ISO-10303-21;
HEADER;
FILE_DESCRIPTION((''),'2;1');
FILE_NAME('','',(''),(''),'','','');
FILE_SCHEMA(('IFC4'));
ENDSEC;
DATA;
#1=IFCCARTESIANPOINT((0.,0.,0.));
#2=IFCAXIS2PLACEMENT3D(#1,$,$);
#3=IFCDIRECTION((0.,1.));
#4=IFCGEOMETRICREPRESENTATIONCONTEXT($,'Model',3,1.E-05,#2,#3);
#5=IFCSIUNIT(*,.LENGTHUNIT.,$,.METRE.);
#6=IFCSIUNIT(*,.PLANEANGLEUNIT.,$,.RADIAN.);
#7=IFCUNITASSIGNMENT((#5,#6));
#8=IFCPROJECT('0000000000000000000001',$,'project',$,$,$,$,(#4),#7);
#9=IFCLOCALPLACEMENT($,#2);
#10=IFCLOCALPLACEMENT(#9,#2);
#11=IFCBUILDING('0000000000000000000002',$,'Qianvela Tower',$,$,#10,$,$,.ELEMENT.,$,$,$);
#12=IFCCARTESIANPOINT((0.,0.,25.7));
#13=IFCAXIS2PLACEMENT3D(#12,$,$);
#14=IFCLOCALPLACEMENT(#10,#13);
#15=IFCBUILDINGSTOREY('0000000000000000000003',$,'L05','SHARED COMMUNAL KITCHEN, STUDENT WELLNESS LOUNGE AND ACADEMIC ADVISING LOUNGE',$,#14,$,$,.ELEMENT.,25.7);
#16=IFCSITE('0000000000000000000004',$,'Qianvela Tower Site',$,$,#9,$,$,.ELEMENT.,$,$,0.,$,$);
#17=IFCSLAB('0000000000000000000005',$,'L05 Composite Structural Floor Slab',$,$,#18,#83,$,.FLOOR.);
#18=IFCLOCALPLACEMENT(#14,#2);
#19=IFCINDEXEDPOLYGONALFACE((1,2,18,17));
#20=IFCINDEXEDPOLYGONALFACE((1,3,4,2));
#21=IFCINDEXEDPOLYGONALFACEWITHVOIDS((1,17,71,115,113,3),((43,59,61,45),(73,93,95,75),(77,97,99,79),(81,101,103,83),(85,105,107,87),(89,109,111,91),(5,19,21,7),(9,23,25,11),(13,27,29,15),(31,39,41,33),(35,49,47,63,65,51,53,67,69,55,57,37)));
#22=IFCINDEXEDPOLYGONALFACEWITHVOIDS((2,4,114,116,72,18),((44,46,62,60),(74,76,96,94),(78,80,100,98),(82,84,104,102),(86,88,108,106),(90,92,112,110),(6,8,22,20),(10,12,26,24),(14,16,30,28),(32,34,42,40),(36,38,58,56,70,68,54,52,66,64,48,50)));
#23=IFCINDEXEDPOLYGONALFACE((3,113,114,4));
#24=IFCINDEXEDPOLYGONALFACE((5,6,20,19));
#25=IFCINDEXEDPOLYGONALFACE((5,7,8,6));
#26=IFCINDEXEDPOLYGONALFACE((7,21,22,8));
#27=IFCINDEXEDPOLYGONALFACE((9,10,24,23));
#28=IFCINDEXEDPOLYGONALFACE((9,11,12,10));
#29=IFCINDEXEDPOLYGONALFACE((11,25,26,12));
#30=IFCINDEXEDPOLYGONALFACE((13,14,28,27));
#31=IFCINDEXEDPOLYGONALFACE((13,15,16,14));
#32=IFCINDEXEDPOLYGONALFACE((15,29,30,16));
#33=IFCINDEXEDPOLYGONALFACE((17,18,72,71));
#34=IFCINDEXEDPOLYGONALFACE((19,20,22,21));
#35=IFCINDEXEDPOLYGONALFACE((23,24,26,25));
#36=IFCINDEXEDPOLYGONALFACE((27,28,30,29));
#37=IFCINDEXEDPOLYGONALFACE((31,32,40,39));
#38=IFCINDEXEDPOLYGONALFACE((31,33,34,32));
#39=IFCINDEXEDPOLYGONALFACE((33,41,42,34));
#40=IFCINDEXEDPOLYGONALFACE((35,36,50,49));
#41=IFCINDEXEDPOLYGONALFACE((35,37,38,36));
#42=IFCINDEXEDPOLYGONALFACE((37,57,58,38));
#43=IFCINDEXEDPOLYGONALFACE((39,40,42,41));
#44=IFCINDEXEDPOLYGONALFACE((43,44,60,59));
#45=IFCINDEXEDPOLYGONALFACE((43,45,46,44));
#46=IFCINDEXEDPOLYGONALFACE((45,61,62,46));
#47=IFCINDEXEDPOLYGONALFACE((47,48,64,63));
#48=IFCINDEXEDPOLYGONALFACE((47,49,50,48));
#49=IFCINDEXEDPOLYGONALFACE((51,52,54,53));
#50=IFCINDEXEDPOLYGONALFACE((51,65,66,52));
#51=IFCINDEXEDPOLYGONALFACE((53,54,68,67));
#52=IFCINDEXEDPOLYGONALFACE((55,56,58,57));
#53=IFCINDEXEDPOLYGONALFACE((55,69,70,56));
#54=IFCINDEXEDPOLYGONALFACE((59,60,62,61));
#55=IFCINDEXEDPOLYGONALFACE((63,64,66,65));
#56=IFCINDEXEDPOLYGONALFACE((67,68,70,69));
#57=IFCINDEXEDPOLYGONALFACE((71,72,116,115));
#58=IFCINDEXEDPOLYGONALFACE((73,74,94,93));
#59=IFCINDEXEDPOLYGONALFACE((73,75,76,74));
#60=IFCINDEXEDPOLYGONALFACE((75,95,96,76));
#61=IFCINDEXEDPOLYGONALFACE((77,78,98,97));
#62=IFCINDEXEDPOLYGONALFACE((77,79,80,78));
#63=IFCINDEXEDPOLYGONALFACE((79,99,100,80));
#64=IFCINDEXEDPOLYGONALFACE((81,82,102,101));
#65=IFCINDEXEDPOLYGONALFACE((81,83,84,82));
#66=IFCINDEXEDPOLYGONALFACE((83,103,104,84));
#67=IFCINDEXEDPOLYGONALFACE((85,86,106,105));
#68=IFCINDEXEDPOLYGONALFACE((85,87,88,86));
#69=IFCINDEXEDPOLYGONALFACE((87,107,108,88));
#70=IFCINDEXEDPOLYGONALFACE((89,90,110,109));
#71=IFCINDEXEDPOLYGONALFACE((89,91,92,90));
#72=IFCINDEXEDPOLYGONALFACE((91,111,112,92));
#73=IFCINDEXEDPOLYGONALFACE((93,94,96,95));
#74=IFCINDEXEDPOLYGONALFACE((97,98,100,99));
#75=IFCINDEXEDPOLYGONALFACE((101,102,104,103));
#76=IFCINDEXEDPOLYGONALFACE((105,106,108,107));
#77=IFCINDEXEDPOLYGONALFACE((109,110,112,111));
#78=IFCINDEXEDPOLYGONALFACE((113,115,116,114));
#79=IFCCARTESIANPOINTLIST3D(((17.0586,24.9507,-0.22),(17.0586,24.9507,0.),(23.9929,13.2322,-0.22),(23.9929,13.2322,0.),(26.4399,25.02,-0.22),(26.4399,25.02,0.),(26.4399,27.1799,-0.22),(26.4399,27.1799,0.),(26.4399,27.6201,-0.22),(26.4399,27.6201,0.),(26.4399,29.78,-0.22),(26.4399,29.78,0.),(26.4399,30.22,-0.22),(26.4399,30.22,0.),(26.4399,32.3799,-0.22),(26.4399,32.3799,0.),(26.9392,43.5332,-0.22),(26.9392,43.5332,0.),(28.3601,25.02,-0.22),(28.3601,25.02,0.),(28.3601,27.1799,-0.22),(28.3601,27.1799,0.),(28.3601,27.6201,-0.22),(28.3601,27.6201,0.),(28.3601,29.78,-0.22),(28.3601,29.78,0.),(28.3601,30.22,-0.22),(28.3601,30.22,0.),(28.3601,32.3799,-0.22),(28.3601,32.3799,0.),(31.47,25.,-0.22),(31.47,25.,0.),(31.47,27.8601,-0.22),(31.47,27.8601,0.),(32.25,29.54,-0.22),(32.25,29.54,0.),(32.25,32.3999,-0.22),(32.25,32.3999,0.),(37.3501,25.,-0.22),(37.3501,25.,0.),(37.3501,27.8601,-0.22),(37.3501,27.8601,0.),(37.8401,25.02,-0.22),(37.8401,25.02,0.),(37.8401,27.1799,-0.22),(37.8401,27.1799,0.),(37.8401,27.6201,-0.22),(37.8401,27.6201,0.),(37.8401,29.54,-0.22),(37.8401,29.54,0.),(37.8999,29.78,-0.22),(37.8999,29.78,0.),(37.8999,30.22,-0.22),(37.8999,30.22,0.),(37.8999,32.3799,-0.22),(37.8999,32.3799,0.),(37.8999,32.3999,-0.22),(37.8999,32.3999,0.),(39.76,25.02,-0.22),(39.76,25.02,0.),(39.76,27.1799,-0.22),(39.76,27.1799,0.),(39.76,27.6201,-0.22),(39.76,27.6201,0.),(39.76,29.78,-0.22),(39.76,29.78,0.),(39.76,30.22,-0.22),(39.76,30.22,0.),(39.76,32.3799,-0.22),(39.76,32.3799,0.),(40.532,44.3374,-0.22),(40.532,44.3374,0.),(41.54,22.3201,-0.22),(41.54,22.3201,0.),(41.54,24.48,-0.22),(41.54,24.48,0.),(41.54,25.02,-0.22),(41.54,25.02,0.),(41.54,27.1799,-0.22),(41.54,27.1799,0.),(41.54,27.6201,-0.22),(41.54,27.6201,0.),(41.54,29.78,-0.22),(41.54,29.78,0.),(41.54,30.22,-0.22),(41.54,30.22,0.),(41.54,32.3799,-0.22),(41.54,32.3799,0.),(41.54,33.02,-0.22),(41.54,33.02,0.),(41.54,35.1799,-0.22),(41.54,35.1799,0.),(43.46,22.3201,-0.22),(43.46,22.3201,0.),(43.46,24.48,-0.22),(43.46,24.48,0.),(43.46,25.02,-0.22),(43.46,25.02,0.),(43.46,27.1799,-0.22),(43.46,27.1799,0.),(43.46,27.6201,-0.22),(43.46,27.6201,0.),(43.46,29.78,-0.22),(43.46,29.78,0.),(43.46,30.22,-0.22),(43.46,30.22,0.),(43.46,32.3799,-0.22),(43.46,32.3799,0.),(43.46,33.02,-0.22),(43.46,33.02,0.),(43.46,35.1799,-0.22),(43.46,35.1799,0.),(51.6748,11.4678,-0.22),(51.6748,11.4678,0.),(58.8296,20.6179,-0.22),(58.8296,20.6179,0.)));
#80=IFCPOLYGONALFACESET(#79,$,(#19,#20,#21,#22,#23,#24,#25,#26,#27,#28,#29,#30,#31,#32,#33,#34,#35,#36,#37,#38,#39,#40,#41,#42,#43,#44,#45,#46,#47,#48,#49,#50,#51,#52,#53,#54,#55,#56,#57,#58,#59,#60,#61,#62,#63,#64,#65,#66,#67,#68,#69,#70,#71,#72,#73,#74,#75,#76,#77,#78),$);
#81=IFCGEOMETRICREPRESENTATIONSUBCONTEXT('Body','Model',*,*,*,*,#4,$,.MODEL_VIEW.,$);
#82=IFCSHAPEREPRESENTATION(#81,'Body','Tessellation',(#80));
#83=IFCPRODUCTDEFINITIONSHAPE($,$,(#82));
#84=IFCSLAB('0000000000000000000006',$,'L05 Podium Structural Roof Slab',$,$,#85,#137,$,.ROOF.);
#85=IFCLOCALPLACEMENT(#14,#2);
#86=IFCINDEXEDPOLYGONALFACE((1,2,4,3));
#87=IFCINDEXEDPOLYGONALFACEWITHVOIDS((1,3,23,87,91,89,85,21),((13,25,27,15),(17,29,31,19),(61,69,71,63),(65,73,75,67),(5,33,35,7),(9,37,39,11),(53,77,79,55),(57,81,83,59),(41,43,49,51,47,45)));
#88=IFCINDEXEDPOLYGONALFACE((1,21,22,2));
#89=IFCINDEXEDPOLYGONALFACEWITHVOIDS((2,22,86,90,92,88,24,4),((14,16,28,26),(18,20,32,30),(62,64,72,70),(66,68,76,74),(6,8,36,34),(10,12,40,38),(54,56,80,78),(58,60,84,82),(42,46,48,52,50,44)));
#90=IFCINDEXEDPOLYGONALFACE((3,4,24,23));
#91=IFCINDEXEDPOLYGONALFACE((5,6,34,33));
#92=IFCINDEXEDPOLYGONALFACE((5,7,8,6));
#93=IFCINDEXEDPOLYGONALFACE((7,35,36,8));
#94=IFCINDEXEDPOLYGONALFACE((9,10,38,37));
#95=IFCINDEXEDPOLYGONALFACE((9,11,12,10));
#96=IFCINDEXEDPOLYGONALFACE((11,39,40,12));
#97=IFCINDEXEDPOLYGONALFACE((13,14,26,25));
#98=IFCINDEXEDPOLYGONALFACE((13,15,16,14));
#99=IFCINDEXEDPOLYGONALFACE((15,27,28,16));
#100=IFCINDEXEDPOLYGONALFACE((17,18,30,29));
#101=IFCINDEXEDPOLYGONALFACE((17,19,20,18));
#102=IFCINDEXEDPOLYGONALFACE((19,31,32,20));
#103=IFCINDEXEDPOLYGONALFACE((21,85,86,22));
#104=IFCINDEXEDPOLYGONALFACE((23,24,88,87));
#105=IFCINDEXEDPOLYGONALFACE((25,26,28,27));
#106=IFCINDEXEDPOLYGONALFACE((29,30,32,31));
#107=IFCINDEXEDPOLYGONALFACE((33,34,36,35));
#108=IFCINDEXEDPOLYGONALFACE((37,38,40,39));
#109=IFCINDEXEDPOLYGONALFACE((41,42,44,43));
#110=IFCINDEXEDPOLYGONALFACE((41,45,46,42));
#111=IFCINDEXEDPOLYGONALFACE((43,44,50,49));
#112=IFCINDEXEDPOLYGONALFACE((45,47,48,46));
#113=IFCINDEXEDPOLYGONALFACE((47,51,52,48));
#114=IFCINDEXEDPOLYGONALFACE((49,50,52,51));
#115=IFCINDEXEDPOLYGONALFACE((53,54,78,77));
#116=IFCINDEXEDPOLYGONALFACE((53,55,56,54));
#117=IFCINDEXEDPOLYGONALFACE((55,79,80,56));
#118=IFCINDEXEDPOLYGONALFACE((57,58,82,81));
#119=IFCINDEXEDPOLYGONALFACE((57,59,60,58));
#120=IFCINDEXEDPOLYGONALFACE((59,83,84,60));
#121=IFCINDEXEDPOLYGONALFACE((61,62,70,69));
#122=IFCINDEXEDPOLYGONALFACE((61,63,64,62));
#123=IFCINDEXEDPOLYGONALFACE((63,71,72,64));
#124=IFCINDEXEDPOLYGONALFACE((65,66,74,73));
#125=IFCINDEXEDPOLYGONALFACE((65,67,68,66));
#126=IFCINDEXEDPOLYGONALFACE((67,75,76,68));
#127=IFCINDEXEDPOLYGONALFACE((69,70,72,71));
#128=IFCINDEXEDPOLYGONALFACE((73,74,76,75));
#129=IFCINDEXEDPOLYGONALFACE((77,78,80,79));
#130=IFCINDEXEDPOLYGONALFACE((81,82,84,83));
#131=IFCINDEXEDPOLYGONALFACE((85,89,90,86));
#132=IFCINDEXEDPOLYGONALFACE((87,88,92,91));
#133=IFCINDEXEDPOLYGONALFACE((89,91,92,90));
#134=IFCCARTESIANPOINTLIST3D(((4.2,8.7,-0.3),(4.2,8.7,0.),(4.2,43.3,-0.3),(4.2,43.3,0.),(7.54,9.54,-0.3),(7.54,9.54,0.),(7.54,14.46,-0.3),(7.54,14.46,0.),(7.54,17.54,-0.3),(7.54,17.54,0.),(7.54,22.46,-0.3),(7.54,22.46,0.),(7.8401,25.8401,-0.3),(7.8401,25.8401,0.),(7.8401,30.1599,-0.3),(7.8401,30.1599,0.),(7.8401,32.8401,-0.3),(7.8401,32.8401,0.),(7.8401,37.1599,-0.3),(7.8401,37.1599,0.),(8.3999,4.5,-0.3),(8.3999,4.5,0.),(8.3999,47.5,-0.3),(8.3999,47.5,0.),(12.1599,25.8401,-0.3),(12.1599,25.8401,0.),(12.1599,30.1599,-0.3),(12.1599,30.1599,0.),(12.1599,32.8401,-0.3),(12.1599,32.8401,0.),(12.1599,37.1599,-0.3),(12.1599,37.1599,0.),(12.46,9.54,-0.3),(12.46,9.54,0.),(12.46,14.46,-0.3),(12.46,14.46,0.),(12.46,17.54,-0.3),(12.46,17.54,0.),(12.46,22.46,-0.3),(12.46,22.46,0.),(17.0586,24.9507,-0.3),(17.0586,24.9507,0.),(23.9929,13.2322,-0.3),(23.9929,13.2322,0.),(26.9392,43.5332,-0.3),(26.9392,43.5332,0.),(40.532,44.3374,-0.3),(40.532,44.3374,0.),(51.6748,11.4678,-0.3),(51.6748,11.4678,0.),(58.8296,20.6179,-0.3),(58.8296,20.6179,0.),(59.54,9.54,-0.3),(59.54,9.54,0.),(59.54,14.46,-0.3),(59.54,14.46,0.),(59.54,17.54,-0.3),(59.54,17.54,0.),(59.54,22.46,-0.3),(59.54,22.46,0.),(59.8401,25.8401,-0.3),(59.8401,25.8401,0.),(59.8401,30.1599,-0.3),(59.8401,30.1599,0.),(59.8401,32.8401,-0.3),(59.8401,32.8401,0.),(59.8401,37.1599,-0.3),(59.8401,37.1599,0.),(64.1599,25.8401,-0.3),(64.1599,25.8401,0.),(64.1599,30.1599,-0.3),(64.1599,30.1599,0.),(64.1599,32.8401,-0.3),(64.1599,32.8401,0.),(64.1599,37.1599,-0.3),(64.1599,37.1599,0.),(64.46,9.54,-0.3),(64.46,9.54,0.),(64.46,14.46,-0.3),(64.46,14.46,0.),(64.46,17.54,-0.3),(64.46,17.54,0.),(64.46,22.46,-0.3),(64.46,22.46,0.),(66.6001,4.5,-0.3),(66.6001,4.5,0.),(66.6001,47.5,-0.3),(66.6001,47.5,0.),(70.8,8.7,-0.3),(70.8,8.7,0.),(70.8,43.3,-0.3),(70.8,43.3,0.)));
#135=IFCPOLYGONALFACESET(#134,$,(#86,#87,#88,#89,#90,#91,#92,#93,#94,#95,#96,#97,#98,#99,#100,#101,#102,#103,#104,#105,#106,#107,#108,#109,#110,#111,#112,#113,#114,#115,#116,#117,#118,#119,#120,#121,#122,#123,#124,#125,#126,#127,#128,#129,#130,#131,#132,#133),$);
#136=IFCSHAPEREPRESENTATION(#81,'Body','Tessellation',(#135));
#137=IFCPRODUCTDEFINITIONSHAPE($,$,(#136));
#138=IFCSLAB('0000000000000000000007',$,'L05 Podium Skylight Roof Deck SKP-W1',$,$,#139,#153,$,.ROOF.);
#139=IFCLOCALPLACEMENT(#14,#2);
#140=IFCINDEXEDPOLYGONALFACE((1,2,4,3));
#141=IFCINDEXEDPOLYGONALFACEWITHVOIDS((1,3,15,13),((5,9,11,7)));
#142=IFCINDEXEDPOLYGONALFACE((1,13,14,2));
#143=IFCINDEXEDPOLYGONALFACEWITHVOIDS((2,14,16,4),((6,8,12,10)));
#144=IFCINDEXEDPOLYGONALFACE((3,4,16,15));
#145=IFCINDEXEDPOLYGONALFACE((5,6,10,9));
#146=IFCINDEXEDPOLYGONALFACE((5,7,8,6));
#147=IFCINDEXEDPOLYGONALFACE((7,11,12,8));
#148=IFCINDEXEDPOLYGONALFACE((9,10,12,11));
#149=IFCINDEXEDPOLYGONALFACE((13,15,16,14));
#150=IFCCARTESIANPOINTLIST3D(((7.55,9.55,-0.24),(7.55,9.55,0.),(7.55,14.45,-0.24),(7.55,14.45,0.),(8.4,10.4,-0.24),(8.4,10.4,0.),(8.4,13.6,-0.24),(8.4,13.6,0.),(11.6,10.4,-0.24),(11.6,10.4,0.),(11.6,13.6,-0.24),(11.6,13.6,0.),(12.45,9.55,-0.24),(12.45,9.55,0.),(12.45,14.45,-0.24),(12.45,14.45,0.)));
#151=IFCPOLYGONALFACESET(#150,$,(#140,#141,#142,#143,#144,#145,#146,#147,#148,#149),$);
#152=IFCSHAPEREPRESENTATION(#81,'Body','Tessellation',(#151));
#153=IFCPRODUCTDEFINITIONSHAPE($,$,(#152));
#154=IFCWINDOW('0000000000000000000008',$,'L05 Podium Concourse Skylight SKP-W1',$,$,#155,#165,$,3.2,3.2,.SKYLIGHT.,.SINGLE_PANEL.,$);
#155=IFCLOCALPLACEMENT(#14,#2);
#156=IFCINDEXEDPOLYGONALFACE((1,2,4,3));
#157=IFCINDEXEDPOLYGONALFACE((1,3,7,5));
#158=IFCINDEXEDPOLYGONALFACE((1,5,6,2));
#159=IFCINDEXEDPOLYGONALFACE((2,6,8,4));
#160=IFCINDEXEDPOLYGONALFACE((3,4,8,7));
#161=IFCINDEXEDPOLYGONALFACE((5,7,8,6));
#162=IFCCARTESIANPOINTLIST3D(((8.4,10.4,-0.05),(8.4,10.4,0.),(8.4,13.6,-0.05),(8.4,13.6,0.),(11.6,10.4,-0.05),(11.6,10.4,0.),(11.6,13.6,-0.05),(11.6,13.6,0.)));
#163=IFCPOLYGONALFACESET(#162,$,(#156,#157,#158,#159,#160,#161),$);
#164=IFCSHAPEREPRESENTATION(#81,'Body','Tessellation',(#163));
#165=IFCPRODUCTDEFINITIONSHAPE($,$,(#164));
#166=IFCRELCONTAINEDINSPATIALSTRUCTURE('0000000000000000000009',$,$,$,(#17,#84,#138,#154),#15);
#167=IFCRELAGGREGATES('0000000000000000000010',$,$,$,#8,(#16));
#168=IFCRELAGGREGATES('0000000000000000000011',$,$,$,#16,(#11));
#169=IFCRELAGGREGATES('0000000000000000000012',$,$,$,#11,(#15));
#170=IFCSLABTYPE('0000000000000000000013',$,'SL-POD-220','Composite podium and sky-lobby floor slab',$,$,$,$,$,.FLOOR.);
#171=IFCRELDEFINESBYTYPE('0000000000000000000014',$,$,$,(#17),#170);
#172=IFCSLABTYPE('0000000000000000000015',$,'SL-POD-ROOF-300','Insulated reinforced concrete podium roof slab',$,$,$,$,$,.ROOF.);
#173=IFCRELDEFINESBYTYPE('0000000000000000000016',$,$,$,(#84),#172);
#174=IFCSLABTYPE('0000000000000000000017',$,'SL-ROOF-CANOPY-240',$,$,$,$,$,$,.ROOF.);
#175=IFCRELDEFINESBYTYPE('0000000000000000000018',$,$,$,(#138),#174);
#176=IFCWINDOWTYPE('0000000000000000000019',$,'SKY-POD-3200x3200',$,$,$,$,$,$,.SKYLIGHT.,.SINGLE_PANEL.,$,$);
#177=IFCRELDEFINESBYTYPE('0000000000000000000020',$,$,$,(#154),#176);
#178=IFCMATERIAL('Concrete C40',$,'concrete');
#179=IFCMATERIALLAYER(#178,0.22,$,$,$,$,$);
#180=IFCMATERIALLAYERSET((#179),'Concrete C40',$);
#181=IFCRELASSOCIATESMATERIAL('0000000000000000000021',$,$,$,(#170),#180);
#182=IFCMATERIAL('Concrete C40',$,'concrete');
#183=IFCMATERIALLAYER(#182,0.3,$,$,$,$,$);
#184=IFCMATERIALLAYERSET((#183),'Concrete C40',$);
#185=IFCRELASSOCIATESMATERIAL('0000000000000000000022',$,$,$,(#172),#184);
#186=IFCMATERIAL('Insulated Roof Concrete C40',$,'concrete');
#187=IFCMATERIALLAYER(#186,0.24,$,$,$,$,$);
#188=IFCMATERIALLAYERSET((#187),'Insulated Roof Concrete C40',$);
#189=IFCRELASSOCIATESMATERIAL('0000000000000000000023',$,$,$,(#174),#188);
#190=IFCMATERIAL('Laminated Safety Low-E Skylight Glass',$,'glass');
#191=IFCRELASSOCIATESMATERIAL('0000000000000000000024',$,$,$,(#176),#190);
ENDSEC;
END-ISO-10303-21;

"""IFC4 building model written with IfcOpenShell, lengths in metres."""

from ifc_helpers import new_model, si_unit, direction, frame, origin, origin_2d, place, context, subcontext, project, spatial, polyline, rectangle, outline, extrude, material, layer, layer_set, type_object, element, fill, save


model = new_model("IFC4")

# Units and contexts
model_context = context("Model", 3, precision=1e-05, world=origin(), true_north=direction((0.0, 1.0)))
body_context = subcontext(model_context, "Body", "Model", "MODEL_VIEW")
ifc_project = project(units=[si_unit("LENGTHUNIT", "METRE"), si_unit("PLANEANGLEUNIT", "RADIAN")], contexts=[model_context])

# Site, building, storey
site_placement = place(None, origin())
site = spatial("IfcSite", under=ifc_project, at=site_placement, Name="Qianvela Tower Site", CompositionType="ELEMENT", RefElevation=0.0)
building_placement = place(site_placement, origin())
building = spatial("IfcBuilding", under=site, at=building_placement, Name="Qianvela Tower", CompositionType="ELEMENT")
storey_placement = place(building_placement, frame((0.0, 0.0, 25.7)))
storey = spatial("IfcBuildingStorey", under=building, at=storey_placement, Name="L05", Description="SHARED COMMUNAL KITCHEN, STUDENT WELLNESS LOUNGE AND ACADEMIC ADVISING LOUNGE", CompositionType="ELEMENT", Elevation=25.7)

# Slabs
ifc_material_1 = material(Name="Concrete C40", Category="concrete")
ifc_layer_1 = layer(ifc_material_1, 0.22)
ifc_layer_set_1 = layer_set([ifc_layer_1], Name="Concrete C40")
slab_type_1 = type_object("IfcSlabType", Name="SL-POD-220", Description="Composite podium and sky-lobby floor slab", PredefinedType="FLOOR", material=ifc_layer_set_1)
slab_1_placement = place(storey_placement, frame((0.0, 0.0, -0.22)))
element("IfcSlab", 1, at=slab_1_placement, inside=storey, type_object=slab_type_1, Name="L05 Composite Structural Floor Slab", PredefinedType="FLOOR", context=body_context, shape_type="SweptSolid", body=[
    extrude(outline(polyline([(51.6748, 11.4678), (58.8296, 20.6179), (40.532, 44.3374), (26.9392, 43.5332), (17.0586, 24.9507), (23.9929, 13.2322), (51.6748, 11.4678)]), holes=[polyline([(28.3601, 27.1799), (26.4399, 27.1799), (26.4399, 25.02), (28.3601, 25.02), (28.3601, 27.1799)]), polyline([(39.76, 25.02), (39.76, 27.1799), (37.8401, 27.1799), (37.8401, 25.02), (39.76, 25.02)]), polyline([(37.3501, 25.0), (37.3501, 27.8601), (31.47, 27.8601), (31.47, 25.0), (37.3501, 25.0)]), polyline([(28.3601, 29.78), (26.4399, 29.78), (26.4399, 27.6201), (28.3601, 27.6201), (28.3601, 29.78)]), polyline([(37.8401, 29.54), (37.8401, 27.6201), (39.76, 27.6201), (39.76, 29.78), (37.8999, 29.78), (37.8999, 30.22), (39.76, 30.22), (39.76, 32.3799), (37.8999, 32.3799), (37.8999, 32.3999), (32.25, 32.3999), (32.25, 29.54), (37.8401, 29.54)]), polyline([(28.3601, 30.22), (28.3601, 32.3799), (26.4399, 32.3799), (26.4399, 30.22), (28.3601, 30.22)]), polyline([(43.46, 22.3201), (43.46, 24.48), (41.54, 24.48), (41.54, 22.3201), (43.46, 22.3201)]), polyline([(43.46, 25.02), (43.46, 27.1799), (41.54, 27.1799), (41.54, 25.02), (43.46, 25.02)]), polyline([(43.46, 27.6201), (43.46, 29.78), (41.54, 29.78), (41.54, 27.6201), (43.46, 27.6201)]), polyline([(43.46, 30.22), (43.46, 32.3799), (41.54, 32.3799), (41.54, 30.22), (43.46, 30.22)]), polyline([(43.46, 33.02), (43.46, 35.1799), (41.54, 35.1799), (41.54, 33.02), (43.46, 33.02)])]), origin(), (0.0, 0.0, 1.0), 0.22),
])
ifc_material_2 = material(Name="Concrete C40", Category="concrete")
ifc_layer_2 = layer(ifc_material_2, 0.3)
ifc_layer_set_2 = layer_set([ifc_layer_2], Name="Concrete C40")
slab_type_2 = type_object("IfcSlabType", Name="SL-POD-ROOF-300", Description="Insulated reinforced concrete podium roof slab", PredefinedType="ROOF", material=ifc_layer_set_2)
slab_2_placement = place(storey_placement, frame((0.0, 0.0, -0.3)))
element("IfcSlab", 2, at=slab_2_placement, inside=storey, type_object=slab_type_2, Name="L05 Podium Structural Roof Slab", PredefinedType="ROOF", context=body_context, shape_type="SweptSolid", body=[
    extrude(outline(polyline([(8.3999, 4.5), (66.6001, 4.5), (70.8, 8.7), (70.8, 43.3), (66.6001, 47.5), (8.3999, 47.5), (4.2, 43.3), (4.2, 8.7), (8.3999, 4.5)]), holes=[polyline([(51.6748, 11.4678), (58.8296, 20.6179), (40.532, 44.3374), (26.9392, 43.5332), (17.0586, 24.9507), (23.9929, 13.2322), (51.6748, 11.4678)]), polyline([(7.54, 9.54), (12.46, 9.54), (12.46, 14.46), (7.54, 14.46), (7.54, 9.54)]), polyline([(7.54, 17.54), (12.46, 17.54), (12.46, 22.46), (7.54, 22.46), (7.54, 17.54)]), polyline([(7.8401, 25.8401), (12.1599, 25.8401), (12.1599, 30.1599), (7.8401, 30.1599), (7.8401, 25.8401)]), polyline([(7.8401, 32.8401), (12.1599, 32.8401), (12.1599, 37.1599), (7.8401, 37.1599), (7.8401, 32.8401)]), polyline([(59.54, 9.54), (64.46, 9.54), (64.46, 14.46), (59.54, 14.46), (59.54, 9.54)]), polyline([(59.54, 17.54), (64.46, 17.54), (64.46, 22.46), (59.54, 22.46), (59.54, 17.54)]), polyline([(59.8401, 25.8401), (64.1599, 25.8401), (64.1599, 30.1599), (59.8401, 30.1599), (59.8401, 25.8401)]), polyline([(59.8401, 32.8401), (64.1599, 32.8401), (64.1599, 37.1599), (59.8401, 37.1599), (59.8401, 32.8401)])]), origin(), (0.0, 0.0, 1.0), 0.3),
])

# Slab, opening, window
ifc_material_3 = material(Name="Insulated Roof Concrete C40", Category="concrete")
ifc_layer_3 = layer(ifc_material_3, 0.24)
ifc_layer_set_3 = layer_set([ifc_layer_3], Name="Insulated Roof Concrete C40")
slab_type_3 = type_object("IfcSlabType", Name="SL-ROOF-CANOPY-240", PredefinedType="ROOF", material=ifc_layer_set_3)
slab_3_placement = place(storey_placement, frame((0.0, 0.0, -0.24)))
slab_3 = element("IfcSlab", 3, at=slab_3_placement, inside=storey, type_object=slab_type_3, Name="L05 Podium Skylight Roof Deck SKP-W1", PredefinedType="ROOF", context=body_context, shape_type="SweptSolid", body=[
    extrude(outline(polyline([(7.55, 9.55), (12.45, 9.55), (12.45, 14.45), (7.55, 14.45), (7.55, 9.55)])), origin(), (0.0, 0.0, 1.0), 0.24),
])
opening_1_placement = place(slab_3_placement, frame((10.0, 12.0, 0.0)))
opening_1 = element("IfcOpeningElement", 4, at=opening_1_placement, cuts=slab_3, PredefinedType="OPENING", context=body_context, shape_type="SweptSolid", body=[
    extrude(rectangle(XDim=3.2, YDim=3.2, at=origin_2d()), origin(), (0.0, 0.0, 1.0), 0.24),
])
ifc_material_4 = material(Name="Laminated Safety Low-E Skylight Glass", Category="glass")
window_type_1 = type_object("IfcWindowType", Name="SKY-POD-3200x3200", PartitioningType="SINGLE_PANEL", PredefinedType="SKYLIGHT", material=ifc_material_4)
window_1_placement = place(opening_1_placement, frame((0.0, 0.0, 0.1899)))
window_1 = element("IfcWindow", 5, at=window_1_placement, inside=storey, type_object=window_type_1, Name="L05 Podium Concourse Skylight SKP-W1", OverallHeight=3.2, OverallWidth=3.2, PartitioningType="SINGLE_PANEL", PredefinedType="SKYLIGHT", context=body_context, shape_type="SweptSolid", body=[
    extrude(rectangle(XDim=3.2, YDim=3.2, at=origin_2d()), origin(), (0.0, 0.0, 1.0), 0.05),
])
fill(opening_1, window_1)

save(model, "model.ifc")
